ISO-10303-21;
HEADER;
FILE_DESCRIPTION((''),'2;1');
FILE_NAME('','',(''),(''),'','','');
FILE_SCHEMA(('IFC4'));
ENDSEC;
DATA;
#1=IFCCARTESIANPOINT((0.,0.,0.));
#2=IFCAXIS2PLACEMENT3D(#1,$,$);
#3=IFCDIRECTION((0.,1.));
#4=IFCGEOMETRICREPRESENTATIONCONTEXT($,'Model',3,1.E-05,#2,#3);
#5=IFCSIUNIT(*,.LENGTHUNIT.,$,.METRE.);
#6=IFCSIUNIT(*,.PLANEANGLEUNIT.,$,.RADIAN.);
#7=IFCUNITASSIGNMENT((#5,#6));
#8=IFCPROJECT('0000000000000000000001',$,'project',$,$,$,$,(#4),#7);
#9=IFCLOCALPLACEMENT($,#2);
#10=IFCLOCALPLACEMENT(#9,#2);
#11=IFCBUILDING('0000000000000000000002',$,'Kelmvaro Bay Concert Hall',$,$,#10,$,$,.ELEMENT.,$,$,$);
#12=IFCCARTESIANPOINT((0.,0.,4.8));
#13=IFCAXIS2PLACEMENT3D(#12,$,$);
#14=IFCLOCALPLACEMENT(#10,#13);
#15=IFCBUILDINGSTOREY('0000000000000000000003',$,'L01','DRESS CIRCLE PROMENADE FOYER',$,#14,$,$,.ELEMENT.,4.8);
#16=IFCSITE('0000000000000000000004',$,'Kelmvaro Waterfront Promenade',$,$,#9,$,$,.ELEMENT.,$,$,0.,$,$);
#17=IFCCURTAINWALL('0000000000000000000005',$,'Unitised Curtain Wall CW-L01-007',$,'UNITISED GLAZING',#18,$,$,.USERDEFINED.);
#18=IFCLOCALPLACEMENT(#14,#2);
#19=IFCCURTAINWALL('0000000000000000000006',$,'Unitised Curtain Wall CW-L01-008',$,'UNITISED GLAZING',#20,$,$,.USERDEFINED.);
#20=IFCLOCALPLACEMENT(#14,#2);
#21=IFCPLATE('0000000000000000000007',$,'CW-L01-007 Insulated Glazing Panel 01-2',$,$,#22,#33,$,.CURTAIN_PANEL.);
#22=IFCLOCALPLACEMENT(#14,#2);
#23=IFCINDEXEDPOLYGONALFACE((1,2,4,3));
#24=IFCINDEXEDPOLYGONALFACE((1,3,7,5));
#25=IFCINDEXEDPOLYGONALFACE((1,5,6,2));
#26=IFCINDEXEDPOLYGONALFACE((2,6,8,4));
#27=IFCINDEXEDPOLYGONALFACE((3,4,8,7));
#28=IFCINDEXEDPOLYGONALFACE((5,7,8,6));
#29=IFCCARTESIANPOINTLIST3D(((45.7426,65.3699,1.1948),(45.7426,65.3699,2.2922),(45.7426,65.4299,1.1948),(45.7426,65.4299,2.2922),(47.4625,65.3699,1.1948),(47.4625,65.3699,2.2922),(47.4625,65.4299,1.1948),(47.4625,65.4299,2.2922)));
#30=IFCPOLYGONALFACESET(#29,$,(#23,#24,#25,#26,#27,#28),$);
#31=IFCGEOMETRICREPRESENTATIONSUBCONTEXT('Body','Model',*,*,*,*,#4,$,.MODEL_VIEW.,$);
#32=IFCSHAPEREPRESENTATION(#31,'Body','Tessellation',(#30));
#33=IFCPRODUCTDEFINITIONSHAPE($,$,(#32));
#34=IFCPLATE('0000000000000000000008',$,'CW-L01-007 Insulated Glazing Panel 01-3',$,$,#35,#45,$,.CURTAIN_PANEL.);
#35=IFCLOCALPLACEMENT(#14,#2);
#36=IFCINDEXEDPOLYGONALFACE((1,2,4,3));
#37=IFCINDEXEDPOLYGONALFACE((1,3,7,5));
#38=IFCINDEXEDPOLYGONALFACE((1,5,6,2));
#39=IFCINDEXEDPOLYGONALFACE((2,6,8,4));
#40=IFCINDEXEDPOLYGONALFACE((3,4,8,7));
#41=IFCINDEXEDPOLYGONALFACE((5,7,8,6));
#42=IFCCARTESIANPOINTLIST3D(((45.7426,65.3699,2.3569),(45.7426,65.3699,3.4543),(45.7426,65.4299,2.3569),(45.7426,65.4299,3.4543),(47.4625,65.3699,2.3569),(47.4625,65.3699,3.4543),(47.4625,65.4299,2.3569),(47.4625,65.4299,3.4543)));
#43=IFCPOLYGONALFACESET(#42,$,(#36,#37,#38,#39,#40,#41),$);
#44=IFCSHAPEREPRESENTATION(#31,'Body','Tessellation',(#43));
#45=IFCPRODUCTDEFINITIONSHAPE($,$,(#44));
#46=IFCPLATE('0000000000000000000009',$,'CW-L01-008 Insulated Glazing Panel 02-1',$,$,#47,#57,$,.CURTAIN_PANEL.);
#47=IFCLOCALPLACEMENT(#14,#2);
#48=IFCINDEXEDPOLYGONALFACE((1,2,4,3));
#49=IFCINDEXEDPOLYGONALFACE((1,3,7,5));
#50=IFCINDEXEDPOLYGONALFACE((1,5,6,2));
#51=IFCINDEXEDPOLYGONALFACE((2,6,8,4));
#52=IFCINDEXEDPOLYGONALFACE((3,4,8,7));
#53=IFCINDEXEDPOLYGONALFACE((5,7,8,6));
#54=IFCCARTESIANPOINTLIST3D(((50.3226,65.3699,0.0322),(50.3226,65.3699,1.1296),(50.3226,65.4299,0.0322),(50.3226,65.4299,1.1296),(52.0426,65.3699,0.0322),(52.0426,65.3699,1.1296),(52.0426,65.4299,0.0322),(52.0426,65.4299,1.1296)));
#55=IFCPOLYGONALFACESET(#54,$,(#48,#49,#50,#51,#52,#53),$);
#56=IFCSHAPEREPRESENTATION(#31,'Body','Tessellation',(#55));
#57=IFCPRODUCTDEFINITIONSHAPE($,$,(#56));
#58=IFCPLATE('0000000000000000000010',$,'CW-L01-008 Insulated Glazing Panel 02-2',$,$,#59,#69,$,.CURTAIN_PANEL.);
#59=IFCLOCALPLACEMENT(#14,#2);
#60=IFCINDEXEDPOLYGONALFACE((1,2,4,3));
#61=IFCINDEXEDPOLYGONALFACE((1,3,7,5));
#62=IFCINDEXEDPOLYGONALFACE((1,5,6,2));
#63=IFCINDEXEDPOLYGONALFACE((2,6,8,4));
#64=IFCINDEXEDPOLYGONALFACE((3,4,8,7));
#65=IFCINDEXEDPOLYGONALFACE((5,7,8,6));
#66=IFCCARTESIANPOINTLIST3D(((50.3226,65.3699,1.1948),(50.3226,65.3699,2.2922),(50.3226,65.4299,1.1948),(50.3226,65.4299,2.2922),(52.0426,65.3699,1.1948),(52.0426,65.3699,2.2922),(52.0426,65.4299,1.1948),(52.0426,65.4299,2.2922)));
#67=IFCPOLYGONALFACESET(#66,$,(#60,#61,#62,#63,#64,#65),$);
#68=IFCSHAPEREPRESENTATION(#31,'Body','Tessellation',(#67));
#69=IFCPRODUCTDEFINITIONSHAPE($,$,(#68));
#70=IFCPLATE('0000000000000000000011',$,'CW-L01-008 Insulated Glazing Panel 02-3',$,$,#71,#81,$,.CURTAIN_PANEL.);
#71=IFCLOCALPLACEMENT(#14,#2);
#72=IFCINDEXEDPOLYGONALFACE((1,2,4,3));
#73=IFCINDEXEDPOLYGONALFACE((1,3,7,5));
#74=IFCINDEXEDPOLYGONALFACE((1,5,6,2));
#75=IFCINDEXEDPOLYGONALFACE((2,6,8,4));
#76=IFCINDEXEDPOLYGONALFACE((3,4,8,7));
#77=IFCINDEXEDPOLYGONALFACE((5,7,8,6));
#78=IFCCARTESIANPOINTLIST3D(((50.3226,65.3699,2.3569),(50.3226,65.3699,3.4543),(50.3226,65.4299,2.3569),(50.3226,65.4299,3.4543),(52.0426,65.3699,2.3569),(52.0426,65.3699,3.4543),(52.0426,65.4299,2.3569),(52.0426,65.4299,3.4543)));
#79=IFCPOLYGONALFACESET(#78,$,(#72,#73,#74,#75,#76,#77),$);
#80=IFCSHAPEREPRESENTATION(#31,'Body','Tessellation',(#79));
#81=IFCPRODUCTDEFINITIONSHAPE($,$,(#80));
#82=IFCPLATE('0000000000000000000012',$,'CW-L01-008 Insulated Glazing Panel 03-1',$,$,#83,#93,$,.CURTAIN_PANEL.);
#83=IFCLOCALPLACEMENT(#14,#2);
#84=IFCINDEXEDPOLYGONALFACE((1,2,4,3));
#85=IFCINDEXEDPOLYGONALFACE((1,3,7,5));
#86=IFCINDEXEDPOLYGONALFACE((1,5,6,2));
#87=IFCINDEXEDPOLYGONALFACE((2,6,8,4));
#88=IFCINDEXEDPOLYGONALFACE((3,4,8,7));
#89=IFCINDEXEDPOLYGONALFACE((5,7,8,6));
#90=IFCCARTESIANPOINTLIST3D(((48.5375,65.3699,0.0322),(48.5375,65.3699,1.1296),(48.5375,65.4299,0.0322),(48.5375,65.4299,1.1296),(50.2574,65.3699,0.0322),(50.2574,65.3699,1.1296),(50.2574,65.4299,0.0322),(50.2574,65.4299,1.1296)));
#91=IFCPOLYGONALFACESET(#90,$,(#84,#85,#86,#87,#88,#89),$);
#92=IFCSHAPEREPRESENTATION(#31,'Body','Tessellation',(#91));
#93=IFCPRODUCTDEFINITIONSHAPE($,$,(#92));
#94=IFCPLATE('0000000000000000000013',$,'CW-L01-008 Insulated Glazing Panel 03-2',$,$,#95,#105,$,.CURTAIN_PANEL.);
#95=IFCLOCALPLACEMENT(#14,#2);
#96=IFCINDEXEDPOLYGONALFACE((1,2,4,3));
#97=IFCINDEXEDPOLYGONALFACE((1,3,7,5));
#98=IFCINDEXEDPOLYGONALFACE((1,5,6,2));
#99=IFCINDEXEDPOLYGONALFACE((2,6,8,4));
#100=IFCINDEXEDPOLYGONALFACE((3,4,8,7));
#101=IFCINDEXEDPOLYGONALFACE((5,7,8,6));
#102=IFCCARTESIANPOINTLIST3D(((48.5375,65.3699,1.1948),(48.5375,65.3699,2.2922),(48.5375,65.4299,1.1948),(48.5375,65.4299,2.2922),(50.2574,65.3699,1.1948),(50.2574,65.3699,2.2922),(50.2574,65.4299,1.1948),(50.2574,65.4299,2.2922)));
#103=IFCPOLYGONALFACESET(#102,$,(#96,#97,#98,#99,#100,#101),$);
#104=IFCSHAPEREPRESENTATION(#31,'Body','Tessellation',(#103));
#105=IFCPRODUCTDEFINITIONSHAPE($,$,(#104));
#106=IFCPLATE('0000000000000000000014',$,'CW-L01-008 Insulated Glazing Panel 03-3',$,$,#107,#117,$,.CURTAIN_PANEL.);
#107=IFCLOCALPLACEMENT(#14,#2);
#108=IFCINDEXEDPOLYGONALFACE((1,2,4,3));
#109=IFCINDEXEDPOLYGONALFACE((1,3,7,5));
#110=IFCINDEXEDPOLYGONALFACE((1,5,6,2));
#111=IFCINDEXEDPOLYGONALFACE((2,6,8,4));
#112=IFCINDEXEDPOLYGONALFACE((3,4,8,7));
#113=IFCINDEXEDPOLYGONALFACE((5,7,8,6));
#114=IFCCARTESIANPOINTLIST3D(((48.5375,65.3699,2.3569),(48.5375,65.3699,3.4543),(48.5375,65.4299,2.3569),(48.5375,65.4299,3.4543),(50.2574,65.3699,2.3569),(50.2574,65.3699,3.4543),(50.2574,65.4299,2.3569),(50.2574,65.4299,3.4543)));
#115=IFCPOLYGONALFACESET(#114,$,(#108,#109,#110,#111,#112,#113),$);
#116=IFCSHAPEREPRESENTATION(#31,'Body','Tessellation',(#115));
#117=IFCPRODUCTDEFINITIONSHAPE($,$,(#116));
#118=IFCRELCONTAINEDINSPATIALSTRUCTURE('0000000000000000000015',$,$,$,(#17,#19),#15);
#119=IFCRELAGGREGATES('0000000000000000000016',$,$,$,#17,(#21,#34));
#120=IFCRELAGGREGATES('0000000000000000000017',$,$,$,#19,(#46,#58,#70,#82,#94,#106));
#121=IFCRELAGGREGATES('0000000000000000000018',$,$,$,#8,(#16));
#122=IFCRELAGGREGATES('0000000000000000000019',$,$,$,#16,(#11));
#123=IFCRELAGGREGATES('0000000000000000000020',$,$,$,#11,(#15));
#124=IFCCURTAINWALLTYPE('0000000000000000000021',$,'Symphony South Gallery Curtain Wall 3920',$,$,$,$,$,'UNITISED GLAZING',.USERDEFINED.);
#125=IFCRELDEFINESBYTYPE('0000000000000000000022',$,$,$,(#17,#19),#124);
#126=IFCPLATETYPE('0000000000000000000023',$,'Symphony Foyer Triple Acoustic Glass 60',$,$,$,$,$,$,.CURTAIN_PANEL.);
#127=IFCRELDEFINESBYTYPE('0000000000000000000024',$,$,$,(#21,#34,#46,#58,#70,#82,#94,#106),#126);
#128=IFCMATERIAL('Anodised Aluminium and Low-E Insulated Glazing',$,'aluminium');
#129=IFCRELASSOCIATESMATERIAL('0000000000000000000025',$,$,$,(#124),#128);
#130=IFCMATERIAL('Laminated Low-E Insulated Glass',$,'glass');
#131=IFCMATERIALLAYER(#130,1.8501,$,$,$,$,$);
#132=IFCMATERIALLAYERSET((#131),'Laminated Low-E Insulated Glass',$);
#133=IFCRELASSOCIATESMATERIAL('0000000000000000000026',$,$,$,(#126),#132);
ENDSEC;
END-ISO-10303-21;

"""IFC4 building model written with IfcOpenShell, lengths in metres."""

from ifc_helpers import new_model, si_unit, direction, frame, origin, origin_2d, place, context, subcontext, project, spatial, rectangle, extrude, material, layer, layer_set, type_object, element, aggregate, save


model = new_model("IFC4")

# Units and contexts
model_context = context("Model", 3, precision=1e-05, world=origin(), true_north=direction((0.0, 1.0)))
body_context = subcontext(model_context, "Body", "Model", "MODEL_VIEW")
ifc_project = project(units=[si_unit("LENGTHUNIT", "METRE"), si_unit("PLANEANGLEUNIT", "RADIAN")], contexts=[model_context])

# Site, building, storey
site_placement = place(None, origin())
site = spatial("IfcSite", under=ifc_project, at=site_placement, Name="Kelmvaro Waterfront Promenade", CompositionType="ELEMENT", RefElevation=0.0)
building_placement = place(site_placement, origin())
building = spatial("IfcBuilding", under=site, at=building_placement, Name="Kelmvaro Bay Concert Hall", CompositionType="ELEMENT")
storey_placement = place(building_placement, frame((0.0, 0.0, 4.8)))
storey = spatial("IfcBuildingStorey", under=building, at=storey_placement, Name="L01", Description="DRESS CIRCLE PROMENADE FOYER", CompositionType="ELEMENT", Elevation=4.8)

# Curtain wall
ifc_material_1 = material(Name="Anodised Aluminium and Low-E Insulated Glazing", Category="aluminium")
curtain_wall_type_1 = type_object("IfcCurtainWallType", Name="Symphony South Gallery Curtain Wall 3920", ElementType="UNITISED GLAZING", PredefinedType="USERDEFINED", material=ifc_material_1)
curtain_wall_1_placement = place(storey_placement, origin())
curtain_wall_1 = element("IfcCurtainWall", 1, at=curtain_wall_1_placement, inside=storey, type_object=curtain_wall_type_1, Name="Unitised Curtain Wall CW-L01-007", ObjectType="UNITISED GLAZING", PredefinedType="USERDEFINED")

# Curtain wall
curtain_wall_2_placement = place(storey_placement, origin())
curtain_wall_2 = element("IfcCurtainWall", 2, at=curtain_wall_2_placement, inside=storey, type_object=curtain_wall_type_1, Name="Unitised Curtain Wall CW-L01-008", ObjectType="UNITISED GLAZING", PredefinedType="USERDEFINED")

# Plates
ifc_material_2 = material(Name="Laminated Low-E Insulated Glass", Category="glass")
ifc_layer_1 = layer(ifc_material_2, 1.8501)
ifc_layer_set_1 = layer_set([ifc_layer_1], Name="Laminated Low-E Insulated Glass")
plate_type_1 = type_object("IfcPlateType", Name="Symphony Foyer Triple Acoustic Glass 60", PredefinedType="CURTAIN_PANEL", material=ifc_layer_set_1)
plate_1_placement = place(storey_placement, frame((46.6025, 65.3999, 1.1948), z_axis=(0.0, 0.0, 1.0), x_axis=(-1.0, 0.0, 0.0)))
plate_1 = element("IfcPlate", 3, at=plate_1_placement, type_object=plate_type_1, Name="CW-L01-007 Insulated Glazing Panel 01-2", PredefinedType="CURTAIN_PANEL", context=body_context, shape_type="SweptSolid", body=[
    extrude(rectangle(XDim=1.72, YDim=0.0601, at=origin_2d()), origin(), (0.0, 0.0, 1.0), 1.0974),
])
plate_2_placement = place(storey_placement, frame((46.6025, 65.3999, 2.3569), z_axis=(0.0, 0.0, 1.0), x_axis=(-1.0, 0.0, 0.0)))
plate_2 = element("IfcPlate", 4, at=plate_2_placement, type_object=plate_type_1, Name="CW-L01-007 Insulated Glazing Panel 01-3", PredefinedType="CURTAIN_PANEL", context=body_context, shape_type="SweptSolid", body=[
    extrude(rectangle(XDim=1.72, YDim=0.0601, at=origin_2d()), origin(), (0.0, 0.0, 1.0), 1.0974),
])
aggregate(curtain_wall_1, [plate_1, plate_2])
plate_3_placement = place(storey_placement, frame((51.1826, 65.3999, 0.0322), z_axis=(0.0, 0.0, 1.0), x_axis=(-1.0, 0.0, 0.0)))
plate_3 = element("IfcPlate", 5, at=plate_3_placement, type_object=plate_type_1, Name="CW-L01-008 Insulated Glazing Panel 02-1", PredefinedType="CURTAIN_PANEL", context=body_context, shape_type="SweptSolid", body=[
    extrude(rectangle(XDim=1.72, YDim=0.0601, at=origin_2d()), origin(), (0.0, 0.0, 1.0), 1.0974),
])
plate_4_placement = place(storey_placement, frame((51.1826, 65.3999, 1.1948), z_axis=(0.0, 0.0, 1.0), x_axis=(-1.0, 0.0, 0.0)))
plate_4 = element("IfcPlate", 6, at=plate_4_placement, type_object=plate_type_1, Name="CW-L01-008 Insulated Glazing Panel 02-2", PredefinedType="CURTAIN_PANEL", context=body_context, shape_type="SweptSolid", body=[
    extrude(rectangle(XDim=1.72, YDim=0.0601, at=origin_2d()), origin(), (0.0, 0.0, 1.0), 1.0974),
])
plate_5_placement = place(storey_placement, frame((51.1826, 65.3999, 2.3569), z_axis=(0.0, 0.0, 1.0), x_axis=(-1.0, 0.0, 0.0)))
plate_5 = element("IfcPlate", 7, at=plate_5_placement, type_object=plate_type_1, Name="CW-L01-008 Insulated Glazing Panel 02-3", PredefinedType="CURTAIN_PANEL", context=body_context, shape_type="SweptSolid", body=[
    extrude(rectangle(XDim=1.72, YDim=0.0601, at=origin_2d()), origin(), (0.0, 0.0, 1.0), 1.0974),
])
plate_6_placement = place(storey_placement, frame((49.3975, 65.3999, 0.0322), z_axis=(0.0, 0.0, 1.0), x_axis=(-1.0, 0.0, 0.0)))
plate_6 = element("IfcPlate", 8, at=plate_6_placement, type_object=plate_type_1, Name="CW-L01-008 Insulated Glazing Panel 03-1", PredefinedType="CURTAIN_PANEL", context=body_context, shape_type="SweptSolid", body=[
    extrude(rectangle(XDim=1.72, YDim=0.0601, at=origin_2d()), origin(), (0.0, 0.0, 1.0), 1.0974),
])
plate_7_placement = place(storey_placement, frame((49.3975, 65.3999, 1.1948), z_axis=(0.0, 0.0, 1.0), x_axis=(-1.0, 0.0, 0.0)))
plate_7 = element("IfcPlate", 9, at=plate_7_placement, type_object=plate_type_1, Name="CW-L01-008 Insulated Glazing Panel 03-2", PredefinedType="CURTAIN_PANEL", context=body_context, shape_type="SweptSolid", body=[
    extrude(rectangle(XDim=1.72, YDim=0.0601, at=origin_2d()), origin(), (0.0, 0.0, 1.0), 1.0974),
])
plate_8_placement = place(storey_placement, frame((49.3975, 65.3999, 2.3569), z_axis=(0.0, 0.0, 1.0), x_axis=(-1.0, 0.0, 0.0)))
plate_8 = element("IfcPlate", 10, at=plate_8_placement, type_object=plate_type_1, Name="CW-L01-008 Insulated Glazing Panel 03-3", PredefinedType="CURTAIN_PANEL", context=body_context, shape_type="SweptSolid", body=[
    extrude(rectangle(XDim=1.72, YDim=0.0601, at=origin_2d()), origin(), (0.0, 0.0, 1.0), 1.0974),
])
aggregate(curtain_wall_2, [plate_3, plate_4, plate_5, plate_6, plate_7, plate_8])

save(model, "model.ifc")
